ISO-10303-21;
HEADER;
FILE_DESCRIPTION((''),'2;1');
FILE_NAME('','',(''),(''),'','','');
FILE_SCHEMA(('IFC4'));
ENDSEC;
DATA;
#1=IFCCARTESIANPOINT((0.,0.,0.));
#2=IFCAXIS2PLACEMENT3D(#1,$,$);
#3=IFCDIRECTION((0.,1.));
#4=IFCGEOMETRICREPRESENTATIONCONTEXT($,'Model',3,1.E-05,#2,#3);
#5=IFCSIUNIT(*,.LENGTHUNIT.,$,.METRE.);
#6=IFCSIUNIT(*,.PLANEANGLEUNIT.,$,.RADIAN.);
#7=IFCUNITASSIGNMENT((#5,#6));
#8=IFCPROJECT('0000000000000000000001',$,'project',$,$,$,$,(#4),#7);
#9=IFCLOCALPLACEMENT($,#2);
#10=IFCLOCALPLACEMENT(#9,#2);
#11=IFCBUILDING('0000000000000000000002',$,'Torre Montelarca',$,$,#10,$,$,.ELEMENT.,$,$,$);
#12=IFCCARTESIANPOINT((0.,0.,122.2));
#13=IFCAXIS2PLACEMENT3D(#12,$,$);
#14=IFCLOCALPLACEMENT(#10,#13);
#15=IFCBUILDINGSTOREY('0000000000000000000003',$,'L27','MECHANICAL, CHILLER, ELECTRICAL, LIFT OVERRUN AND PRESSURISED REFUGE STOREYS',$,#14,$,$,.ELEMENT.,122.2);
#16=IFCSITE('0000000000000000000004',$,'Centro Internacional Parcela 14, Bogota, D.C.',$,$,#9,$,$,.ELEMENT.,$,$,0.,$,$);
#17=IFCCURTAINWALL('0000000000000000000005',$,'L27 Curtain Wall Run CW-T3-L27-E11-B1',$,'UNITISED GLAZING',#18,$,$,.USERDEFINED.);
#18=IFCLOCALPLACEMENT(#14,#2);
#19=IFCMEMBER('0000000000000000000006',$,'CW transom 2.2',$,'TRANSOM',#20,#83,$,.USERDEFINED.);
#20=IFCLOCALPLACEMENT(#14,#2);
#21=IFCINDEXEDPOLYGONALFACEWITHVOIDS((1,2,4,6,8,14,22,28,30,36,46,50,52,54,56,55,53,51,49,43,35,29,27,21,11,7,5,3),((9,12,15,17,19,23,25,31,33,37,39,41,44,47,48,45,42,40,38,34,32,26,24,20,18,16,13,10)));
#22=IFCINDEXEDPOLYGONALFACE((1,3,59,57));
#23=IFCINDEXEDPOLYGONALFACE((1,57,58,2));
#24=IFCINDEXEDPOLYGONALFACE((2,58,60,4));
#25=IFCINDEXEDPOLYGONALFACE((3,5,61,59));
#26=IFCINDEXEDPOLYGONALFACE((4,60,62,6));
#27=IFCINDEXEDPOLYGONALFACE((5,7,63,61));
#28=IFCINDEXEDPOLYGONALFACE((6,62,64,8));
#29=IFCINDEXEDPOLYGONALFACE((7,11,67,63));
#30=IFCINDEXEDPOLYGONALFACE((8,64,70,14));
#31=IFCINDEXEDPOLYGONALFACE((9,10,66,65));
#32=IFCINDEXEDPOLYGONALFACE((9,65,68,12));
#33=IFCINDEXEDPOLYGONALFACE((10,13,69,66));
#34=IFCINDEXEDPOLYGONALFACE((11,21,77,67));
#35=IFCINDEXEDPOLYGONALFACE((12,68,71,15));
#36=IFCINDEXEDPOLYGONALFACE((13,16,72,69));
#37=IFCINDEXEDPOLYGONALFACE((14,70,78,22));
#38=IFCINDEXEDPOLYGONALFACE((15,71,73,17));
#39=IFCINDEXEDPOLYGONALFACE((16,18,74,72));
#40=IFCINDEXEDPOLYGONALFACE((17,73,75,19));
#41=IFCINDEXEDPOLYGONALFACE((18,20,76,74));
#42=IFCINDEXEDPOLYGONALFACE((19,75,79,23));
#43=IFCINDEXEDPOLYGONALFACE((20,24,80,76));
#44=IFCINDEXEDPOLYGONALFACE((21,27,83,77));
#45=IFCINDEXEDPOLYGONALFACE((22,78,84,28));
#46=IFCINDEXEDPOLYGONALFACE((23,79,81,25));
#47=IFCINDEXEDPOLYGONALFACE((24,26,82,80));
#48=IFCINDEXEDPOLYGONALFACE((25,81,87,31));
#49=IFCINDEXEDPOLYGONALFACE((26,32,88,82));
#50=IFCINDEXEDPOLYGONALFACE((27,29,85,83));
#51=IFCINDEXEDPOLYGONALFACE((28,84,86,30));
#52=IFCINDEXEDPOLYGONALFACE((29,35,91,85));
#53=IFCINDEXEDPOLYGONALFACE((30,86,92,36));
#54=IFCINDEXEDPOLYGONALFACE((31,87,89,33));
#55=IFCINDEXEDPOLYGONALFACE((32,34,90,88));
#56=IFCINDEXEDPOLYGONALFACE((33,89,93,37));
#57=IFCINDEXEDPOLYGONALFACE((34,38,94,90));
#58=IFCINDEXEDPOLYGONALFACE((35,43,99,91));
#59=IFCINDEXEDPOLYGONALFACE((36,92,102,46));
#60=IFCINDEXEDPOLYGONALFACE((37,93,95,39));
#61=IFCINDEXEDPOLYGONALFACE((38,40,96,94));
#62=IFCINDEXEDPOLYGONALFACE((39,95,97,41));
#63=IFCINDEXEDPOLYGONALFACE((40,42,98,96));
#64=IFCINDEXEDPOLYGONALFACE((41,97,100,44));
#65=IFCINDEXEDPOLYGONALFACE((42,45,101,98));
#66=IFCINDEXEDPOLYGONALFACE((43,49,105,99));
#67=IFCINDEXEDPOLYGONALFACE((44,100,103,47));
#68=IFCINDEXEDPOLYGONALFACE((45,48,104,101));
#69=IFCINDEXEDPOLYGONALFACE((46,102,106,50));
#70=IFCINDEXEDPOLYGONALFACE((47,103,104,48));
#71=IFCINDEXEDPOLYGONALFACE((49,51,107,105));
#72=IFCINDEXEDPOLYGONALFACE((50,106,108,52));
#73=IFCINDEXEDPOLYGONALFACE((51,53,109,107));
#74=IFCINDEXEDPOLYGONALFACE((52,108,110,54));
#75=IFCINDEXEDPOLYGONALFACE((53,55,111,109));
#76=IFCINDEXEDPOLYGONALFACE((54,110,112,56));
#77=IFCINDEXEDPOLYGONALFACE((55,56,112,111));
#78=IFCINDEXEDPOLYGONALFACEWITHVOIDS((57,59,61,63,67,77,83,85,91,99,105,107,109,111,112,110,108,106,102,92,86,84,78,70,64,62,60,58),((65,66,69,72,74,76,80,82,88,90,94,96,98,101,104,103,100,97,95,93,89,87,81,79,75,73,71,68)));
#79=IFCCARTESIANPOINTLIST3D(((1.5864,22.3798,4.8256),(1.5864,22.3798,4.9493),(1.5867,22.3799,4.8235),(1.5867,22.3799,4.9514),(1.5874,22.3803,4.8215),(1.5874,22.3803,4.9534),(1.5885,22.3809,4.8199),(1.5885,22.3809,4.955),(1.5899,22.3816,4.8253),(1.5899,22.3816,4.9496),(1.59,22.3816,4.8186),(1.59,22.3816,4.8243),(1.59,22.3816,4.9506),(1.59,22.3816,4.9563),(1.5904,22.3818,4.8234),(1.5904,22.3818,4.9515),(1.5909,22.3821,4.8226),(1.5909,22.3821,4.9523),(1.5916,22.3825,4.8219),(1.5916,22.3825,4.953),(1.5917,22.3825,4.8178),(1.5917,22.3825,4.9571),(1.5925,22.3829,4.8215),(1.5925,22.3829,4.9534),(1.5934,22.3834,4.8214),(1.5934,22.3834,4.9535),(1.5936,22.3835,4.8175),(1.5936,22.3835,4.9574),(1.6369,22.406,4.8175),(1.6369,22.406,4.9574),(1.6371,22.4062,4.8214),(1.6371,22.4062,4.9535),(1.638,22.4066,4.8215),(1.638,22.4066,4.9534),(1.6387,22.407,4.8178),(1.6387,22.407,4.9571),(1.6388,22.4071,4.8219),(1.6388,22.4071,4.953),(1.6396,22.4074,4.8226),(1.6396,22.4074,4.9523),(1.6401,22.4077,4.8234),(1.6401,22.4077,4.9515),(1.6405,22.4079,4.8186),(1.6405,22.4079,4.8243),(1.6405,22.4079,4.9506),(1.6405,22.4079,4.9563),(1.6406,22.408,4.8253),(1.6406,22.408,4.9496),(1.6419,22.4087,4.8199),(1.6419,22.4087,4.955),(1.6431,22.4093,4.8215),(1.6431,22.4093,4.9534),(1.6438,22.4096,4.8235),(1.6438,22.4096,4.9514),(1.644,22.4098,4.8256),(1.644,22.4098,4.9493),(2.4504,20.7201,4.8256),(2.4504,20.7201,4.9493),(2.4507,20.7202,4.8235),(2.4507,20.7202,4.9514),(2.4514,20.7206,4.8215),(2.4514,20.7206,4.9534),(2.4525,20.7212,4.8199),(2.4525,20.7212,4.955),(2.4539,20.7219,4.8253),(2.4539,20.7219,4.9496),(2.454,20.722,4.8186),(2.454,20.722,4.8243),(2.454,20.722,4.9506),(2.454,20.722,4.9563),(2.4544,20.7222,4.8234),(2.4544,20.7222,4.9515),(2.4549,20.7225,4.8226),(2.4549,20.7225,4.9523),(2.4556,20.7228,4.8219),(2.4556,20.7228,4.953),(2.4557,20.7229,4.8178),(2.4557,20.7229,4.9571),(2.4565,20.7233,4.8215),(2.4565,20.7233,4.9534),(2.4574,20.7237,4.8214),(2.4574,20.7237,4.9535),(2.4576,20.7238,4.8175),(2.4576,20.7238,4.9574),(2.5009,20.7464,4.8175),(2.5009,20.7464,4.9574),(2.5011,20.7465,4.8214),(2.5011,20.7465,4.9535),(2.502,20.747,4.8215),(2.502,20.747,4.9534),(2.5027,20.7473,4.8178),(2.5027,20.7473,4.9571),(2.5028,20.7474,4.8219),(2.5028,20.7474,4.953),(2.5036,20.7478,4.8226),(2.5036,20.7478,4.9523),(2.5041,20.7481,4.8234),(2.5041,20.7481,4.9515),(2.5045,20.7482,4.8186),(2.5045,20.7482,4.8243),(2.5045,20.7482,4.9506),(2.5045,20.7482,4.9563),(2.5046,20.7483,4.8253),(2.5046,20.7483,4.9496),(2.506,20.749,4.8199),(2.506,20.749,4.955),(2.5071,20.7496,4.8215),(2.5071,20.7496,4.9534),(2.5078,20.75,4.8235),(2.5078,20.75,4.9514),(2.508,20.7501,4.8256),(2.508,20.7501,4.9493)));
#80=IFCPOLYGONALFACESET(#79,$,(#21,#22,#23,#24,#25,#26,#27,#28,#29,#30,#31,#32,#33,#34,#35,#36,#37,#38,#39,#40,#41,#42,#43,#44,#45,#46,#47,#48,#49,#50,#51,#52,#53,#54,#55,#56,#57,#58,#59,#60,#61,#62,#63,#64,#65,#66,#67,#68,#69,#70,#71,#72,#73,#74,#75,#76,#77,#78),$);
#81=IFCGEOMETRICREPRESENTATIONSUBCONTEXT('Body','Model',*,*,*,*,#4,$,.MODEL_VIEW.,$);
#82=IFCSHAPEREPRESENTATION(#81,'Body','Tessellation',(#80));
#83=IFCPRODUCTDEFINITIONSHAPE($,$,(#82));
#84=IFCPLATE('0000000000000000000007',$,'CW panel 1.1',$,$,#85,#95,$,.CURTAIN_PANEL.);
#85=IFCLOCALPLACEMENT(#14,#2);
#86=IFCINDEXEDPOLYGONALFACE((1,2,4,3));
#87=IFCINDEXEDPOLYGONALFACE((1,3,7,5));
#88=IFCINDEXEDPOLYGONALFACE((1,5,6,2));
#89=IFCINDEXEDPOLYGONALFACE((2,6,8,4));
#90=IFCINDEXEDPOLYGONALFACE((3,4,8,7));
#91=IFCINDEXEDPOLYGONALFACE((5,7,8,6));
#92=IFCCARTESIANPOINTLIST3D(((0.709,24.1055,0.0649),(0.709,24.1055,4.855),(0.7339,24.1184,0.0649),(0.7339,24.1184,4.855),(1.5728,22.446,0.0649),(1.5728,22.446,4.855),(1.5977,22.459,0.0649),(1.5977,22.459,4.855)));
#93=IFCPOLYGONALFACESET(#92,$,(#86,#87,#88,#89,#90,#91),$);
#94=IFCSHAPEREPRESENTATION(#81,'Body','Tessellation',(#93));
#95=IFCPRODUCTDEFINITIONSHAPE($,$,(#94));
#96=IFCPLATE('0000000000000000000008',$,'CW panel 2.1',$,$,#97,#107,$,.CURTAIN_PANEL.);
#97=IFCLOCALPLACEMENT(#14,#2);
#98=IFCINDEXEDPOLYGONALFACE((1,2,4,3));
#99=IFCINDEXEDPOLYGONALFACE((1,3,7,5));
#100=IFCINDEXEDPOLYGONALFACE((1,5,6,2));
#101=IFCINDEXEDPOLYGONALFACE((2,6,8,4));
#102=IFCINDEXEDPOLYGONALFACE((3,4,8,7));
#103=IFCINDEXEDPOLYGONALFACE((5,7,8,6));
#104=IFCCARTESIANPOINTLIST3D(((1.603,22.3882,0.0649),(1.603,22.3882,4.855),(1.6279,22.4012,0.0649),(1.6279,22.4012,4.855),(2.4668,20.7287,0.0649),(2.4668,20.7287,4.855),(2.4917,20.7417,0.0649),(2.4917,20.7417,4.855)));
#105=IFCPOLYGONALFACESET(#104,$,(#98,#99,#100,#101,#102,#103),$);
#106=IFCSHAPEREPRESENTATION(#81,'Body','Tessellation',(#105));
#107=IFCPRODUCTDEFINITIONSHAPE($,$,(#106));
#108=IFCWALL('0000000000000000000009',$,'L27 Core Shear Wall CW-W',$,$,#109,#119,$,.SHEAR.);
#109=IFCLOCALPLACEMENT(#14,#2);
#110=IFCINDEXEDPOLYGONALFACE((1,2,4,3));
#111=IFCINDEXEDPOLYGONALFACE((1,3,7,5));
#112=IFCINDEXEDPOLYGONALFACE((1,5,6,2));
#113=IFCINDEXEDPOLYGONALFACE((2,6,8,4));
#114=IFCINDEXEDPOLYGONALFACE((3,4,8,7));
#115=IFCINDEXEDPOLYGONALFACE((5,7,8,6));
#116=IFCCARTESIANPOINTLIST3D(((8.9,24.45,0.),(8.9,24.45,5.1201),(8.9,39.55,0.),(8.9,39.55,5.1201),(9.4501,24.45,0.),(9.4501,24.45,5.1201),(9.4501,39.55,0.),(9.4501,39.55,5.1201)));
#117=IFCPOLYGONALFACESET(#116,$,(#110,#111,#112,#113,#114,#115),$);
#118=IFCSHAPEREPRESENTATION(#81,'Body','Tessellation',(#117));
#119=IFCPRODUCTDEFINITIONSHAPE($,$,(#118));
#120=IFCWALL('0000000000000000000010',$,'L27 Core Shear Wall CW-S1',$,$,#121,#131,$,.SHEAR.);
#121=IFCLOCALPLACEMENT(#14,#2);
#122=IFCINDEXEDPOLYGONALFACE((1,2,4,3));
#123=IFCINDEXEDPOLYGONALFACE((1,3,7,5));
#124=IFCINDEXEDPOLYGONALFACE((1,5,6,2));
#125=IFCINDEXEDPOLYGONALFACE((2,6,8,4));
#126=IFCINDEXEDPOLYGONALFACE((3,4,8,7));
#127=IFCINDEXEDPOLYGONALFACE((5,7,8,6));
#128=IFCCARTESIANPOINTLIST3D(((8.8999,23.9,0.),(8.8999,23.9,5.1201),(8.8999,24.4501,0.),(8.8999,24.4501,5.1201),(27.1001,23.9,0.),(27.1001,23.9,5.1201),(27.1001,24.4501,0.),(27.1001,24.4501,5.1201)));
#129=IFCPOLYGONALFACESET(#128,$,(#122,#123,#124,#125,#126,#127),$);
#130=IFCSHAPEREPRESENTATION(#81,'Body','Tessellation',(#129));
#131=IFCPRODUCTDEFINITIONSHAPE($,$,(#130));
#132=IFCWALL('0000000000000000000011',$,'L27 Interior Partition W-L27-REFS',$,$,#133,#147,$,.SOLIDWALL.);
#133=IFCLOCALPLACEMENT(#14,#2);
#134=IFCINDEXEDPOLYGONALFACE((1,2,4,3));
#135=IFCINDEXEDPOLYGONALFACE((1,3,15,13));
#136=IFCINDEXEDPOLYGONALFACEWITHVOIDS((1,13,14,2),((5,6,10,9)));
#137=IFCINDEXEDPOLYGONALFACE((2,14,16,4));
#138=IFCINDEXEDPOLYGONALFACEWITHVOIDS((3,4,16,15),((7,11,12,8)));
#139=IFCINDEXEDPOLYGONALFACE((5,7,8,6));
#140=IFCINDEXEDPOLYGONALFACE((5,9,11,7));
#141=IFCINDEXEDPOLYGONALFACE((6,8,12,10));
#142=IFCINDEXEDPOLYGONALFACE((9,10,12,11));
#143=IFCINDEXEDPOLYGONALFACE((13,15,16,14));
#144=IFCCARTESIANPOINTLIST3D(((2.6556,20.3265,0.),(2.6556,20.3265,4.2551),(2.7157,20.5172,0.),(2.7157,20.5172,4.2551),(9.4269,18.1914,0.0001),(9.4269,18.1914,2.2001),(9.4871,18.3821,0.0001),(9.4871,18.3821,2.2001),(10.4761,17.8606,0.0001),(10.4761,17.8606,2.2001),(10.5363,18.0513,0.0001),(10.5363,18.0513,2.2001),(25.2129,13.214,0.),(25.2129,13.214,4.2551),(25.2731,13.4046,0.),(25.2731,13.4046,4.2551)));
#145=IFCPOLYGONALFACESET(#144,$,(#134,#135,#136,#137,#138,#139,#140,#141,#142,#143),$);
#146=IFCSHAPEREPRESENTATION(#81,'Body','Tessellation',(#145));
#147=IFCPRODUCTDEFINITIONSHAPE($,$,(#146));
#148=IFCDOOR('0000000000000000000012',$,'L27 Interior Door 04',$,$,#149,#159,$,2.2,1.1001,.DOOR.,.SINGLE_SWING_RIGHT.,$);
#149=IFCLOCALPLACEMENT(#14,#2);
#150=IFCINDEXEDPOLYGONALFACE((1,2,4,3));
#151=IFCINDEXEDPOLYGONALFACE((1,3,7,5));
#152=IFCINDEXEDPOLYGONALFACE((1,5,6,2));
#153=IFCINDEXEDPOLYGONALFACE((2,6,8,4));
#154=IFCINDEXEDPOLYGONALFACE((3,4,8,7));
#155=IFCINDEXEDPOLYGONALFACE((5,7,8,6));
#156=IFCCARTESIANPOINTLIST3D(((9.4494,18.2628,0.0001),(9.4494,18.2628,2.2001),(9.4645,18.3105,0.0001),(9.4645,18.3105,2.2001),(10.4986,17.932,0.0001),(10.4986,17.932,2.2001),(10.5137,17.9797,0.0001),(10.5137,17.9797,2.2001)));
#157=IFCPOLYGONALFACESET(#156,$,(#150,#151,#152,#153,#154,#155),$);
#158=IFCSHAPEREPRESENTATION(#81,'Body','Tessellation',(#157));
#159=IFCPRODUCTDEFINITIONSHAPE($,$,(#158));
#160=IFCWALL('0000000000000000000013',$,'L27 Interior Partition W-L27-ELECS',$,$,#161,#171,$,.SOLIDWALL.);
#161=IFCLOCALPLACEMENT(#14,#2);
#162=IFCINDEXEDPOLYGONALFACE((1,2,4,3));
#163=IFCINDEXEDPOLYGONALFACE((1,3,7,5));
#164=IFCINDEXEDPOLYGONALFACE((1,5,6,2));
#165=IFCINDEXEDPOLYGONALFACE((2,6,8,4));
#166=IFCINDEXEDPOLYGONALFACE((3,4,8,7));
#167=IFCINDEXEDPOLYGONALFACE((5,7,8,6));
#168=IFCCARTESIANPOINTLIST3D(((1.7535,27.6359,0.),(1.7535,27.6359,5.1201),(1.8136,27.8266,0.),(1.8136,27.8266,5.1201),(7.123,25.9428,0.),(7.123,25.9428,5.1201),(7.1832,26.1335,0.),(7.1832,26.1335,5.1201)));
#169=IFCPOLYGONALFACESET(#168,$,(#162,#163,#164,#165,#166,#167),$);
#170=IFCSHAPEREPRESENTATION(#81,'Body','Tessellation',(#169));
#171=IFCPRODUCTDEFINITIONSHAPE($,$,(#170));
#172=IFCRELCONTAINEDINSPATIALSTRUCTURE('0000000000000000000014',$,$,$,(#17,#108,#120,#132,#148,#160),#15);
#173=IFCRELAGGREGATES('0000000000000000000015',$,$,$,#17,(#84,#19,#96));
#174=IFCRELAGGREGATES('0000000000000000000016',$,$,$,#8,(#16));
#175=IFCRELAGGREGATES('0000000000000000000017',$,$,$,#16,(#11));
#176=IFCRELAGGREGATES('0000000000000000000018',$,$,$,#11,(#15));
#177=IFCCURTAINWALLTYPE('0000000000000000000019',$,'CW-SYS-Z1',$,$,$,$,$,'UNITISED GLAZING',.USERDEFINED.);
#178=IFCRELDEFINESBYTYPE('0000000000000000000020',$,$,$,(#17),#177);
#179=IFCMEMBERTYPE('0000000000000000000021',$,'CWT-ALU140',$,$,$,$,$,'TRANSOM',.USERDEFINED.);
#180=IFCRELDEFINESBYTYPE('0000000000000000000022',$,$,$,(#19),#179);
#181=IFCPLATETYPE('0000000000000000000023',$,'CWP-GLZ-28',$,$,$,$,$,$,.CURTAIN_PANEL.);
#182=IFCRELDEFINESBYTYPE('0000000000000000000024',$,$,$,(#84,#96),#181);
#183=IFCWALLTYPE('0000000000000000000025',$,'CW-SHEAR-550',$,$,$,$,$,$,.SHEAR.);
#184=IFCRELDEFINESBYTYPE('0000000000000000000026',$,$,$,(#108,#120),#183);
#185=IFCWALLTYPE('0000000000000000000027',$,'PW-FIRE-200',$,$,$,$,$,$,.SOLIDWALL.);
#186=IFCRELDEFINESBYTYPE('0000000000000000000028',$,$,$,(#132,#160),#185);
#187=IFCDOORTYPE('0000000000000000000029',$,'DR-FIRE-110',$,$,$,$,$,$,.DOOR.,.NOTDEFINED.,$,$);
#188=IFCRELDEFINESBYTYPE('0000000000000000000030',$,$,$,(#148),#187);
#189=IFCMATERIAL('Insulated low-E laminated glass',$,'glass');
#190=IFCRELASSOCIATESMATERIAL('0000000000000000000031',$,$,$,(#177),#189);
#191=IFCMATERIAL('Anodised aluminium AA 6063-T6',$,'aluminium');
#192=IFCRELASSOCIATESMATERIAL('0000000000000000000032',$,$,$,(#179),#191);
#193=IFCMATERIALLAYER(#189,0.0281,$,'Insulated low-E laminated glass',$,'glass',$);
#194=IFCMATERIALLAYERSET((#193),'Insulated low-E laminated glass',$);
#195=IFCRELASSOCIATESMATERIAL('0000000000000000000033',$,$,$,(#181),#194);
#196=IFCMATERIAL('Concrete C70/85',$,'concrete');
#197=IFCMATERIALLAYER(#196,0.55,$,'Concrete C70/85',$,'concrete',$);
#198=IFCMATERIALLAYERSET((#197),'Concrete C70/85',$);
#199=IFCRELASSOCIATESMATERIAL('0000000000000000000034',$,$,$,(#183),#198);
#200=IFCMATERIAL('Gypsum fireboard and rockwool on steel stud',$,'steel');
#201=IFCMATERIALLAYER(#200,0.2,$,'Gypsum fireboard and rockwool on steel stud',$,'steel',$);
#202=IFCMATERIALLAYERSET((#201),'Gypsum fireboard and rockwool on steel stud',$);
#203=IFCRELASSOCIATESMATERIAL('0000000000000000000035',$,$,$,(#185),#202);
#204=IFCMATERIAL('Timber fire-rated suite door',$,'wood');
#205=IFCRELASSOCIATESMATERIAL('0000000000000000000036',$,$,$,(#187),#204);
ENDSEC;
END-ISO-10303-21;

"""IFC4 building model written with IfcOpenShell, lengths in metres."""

from ifc_helpers import new_model, si_unit, direction, frame, frame_2d, origin, origin_2d, place, context, subcontext, project, spatial, rectangle, hollow_rectangle, extrude, source, transform, mapped, material, layer, layer_set, material_profile, profile_set, type_object, element, fill, aggregate, save


model = new_model("IFC4")

# Units and contexts
model_context = context("Model", 3, precision=1e-05, world=origin(), true_north=direction((0.0, 1.0)))
body_context = subcontext(model_context, "Body", "Model", "MODEL_VIEW")
ifc_project = project(units=[si_unit("LENGTHUNIT", "METRE"), si_unit("PLANEANGLEUNIT", "RADIAN")], contexts=[model_context])

# Site, building, storey
site_placement = place(None, origin())
site = spatial("IfcSite", under=ifc_project, at=site_placement, Name="Centro Internacional Parcela 14, Bogota, D.C.", CompositionType="ELEMENT", RefElevation=0.0)
building_placement = place(site_placement, origin())
building = spatial("IfcBuilding", under=site, at=building_placement, Name="Torre Montelarca", CompositionType="ELEMENT")
storey_placement = place(building_placement, frame((0.0, 0.0, 122.2)))
storey = spatial("IfcBuildingStorey", under=building, at=storey_placement, Name="L27", Description="MECHANICAL, CHILLER, ELECTRICAL, LIFT OVERRUN AND PRESSURISED REFUGE STOREYS", CompositionType="ELEMENT", Elevation=122.2)

# Shared definitions
ifc_material_1 = material(Name="Concrete C70/85", Category="concrete")

# Curtain wall, member, plates
ifc_material_2 = material(Name="Insulated low-E laminated glass", Category="glass")
curtain_wall_type = type_object("IfcCurtainWallType", Name="CW-SYS-Z1", ElementType="UNITISED GLAZING", PredefinedType="USERDEFINED", material=ifc_material_2)
curtain_wall_placement = place(storey_placement, origin())
curtain_wall = element("IfcCurtainWall", 1, at=curtain_wall_placement, inside=storey, type_object=curtain_wall_type, Name="L27 Curtain Wall Run CW-T3-L27-E11-B1", ObjectType="UNITISED GLAZING", PredefinedType="USERDEFINED")
ifc_material_3 = material(Name="Anodised aluminium AA 6063-T6", Category="aluminium")
ifc_material_profile_1 = material_profile(ifc_material_3, hollow_rectangle(XDim=0.0649, YDim=0.1399, WallThickness=0.0039, InnerFilletRadius=0.0039, OuterFilletRadius=0.0081, at=origin_2d()), Name="ALU65X140X4", Category="aluminium")
ifc_profile_set_1 = profile_set([ifc_material_profile_1], Name="Anodised aluminium AA 6063-T6")
member_type_1 = type_object("IfcMemberType", Name="CWT-ALU140", ElementType="TRANSOM", PredefinedType="USERDEFINED", material=ifc_profile_set_1)
shared_shape_1 = source(origin(), body_context, "Body", "SweptSolid", [
    extrude(hollow_rectangle(XDim=0.0649, YDim=0.1399, WallThickness=0.0039, InnerFilletRadius=0.0039, OuterFilletRadius=0.0081, at=origin_2d()), origin(), (0.0, 0.0, 1.0), 1.8711),
])
member_1_placement = place(storey_placement, frame((1.6152, 22.3948, 4.8875), z_axis=(0.461768, -0.887001, 0.0), x_axis=(0.887001, 0.461768, 0.0)))
member_1 = element("IfcMember", 2, at=member_1_placement, type_object=member_type_1, Name="CW transom 2.2", ObjectType="TRANSOM", PredefinedType="USERDEFINED", context=body_context, shape_type="MappedRepresentation", body=[
    mapped(shared_shape_1, transform((0.0, 0.0, 0.0), scale=1.0)),
])
ifc_layer_1 = layer(ifc_material_2, 0.0281, Name="Insulated low-E laminated glass", Category="glass")
ifc_layer_set_1 = layer_set([ifc_layer_1], Name="Insulated low-E laminated glass")
plate_type = type_object("IfcPlateType", Name="CWP-GLZ-28", PredefinedType="CURTAIN_PANEL", material=ifc_layer_set_1)
shared_shape_2 = source(origin(), body_context, "Body", "SweptSolid", [
    extrude(rectangle(XDim=1.8708, YDim=0.0281, at=origin_2d()), origin(), (0.0, 0.0, 1.0), 4.79),
])
plate_1_placement = place(storey_placement, frame((1.1533, 23.2822, 0.0649), z_axis=(0.0, 0.0, 1.0), x_axis=(0.461734, -0.887018, 0.0)))
plate_1 = element("IfcPlate", 3, at=plate_1_placement, type_object=plate_type, Name="CW panel 1.1", PredefinedType="CURTAIN_PANEL", context=body_context, shape_type="MappedRepresentation", body=[
    mapped(shared_shape_2, transform((0.0, 0.0, 0.0), scale=1.0)),
])
plate_2_placement = place(storey_placement, frame((2.0474, 21.5649, 0.0649), z_axis=(0.0, 0.0, 1.0), x_axis=(0.461734, -0.887018, 0.0)))
plate_2 = element("IfcPlate", 4, at=plate_2_placement, type_object=plate_type, Name="CW panel 2.1", PredefinedType="CURTAIN_PANEL", context=body_context, shape_type="MappedRepresentation", body=[
    mapped(shared_shape_2, transform((0.0, 0.0, 0.0), scale=1.0)),
])
aggregate(curtain_wall, [plate_1, member_1, plate_2])

# Walls
ifc_layer_2 = layer(ifc_material_1, 0.55, Name="Concrete C70/85", Category="concrete")
ifc_layer_set_2 = layer_set([ifc_layer_2], Name="Concrete C70/85")
wall_type_1 = type_object("IfcWallType", Name="CW-SHEAR-550", PredefinedType="SHEAR", material=ifc_layer_set_2)
wall_1_placement = place(storey_placement, frame((9.175, 24.45, 0.0), z_axis=(0.0, 0.0, 1.0), x_axis=(0.0, 1.0, 0.0)))
element("IfcWall", 5, at=wall_1_placement, inside=storey, type_object=wall_type_1, Name="L27 Core Shear Wall CW-W", PredefinedType="SHEAR", context=body_context, shape_type="SweptSolid", body=[
    extrude(rectangle(XDim=15.1001, YDim=0.55, at=frame_2d((7.55, 0.0))), origin(), (0.0, 0.0, 1.0), 5.1201),
])
wall_2_placement = place(storey_placement, frame((8.8999, 24.175, 0.0), z_axis=(0.0, 0.0, 1.0), x_axis=(1.0, 0.0, 0.0)))
element("IfcWall", 6, at=wall_2_placement, inside=storey, type_object=wall_type_1, Name="L27 Core Shear Wall CW-S1", PredefinedType="SHEAR", context=body_context, shape_type="SweptSolid", body=[
    extrude(rectangle(XDim=18.2002, YDim=0.55, at=frame_2d((9.1001, 0.0))), origin(), (0.0, 0.0, 1.0), 5.1201),
])

# Wall, opening, door
ifc_material_4 = material(Name="Gypsum fireboard and rockwool on steel stud", Category="steel")
ifc_layer_3 = layer(ifc_material_4, 0.2, Name="Gypsum fireboard and rockwool on steel stud", Category="steel")
ifc_layer_set_3 = layer_set([ifc_layer_3], Name="Gypsum fireboard and rockwool on steel stud")
wall_type_2 = type_object("IfcWallType", Name="PW-FIRE-200", PredefinedType="SOLIDWALL", material=ifc_layer_set_3)
wall_3_placement = place(storey_placement, frame((2.6855, 20.4219, 0.0), z_axis=(0.0, 0.0, 1.0), x_axis=(0.953714, -0.300715, 0.0)))
wall_3 = element("IfcWall", 7, at=wall_3_placement, inside=storey, type_object=wall_type_2, Name="L27 Interior Partition W-L27-REFS", PredefinedType="SOLIDWALL", context=body_context, shape_type="SweptSolid", body=[
    extrude(rectangle(XDim=23.6521, YDim=0.2, at=frame_2d((11.8262, 0.0))), origin(), (0.0, 0.0, 1.0), 4.2551),
])
opening_placement = place(wall_3_placement, frame((7.1001, 0.0, 0.0)))
opening = element("IfcOpeningElement", 8, at=opening_placement, cuts=wall_3, PredefinedType="OPENING", context=body_context, shape_type="SweptSolid", body=[
    extrude(rectangle(XDim=1.1001, YDim=2.2, at=frame_2d((0.55, 1.1001))), frame((0.0, 0.1099, 0.0), z_axis=(0.0, -1.0, 0.0), x_axis=(1.0, 0.0, 0.0)), (0.0, 0.0, 1.0), 0.22),
])
ifc_material_5 = material(Name="Timber fire-rated suite door", Category="wood")
door_type = type_object("IfcDoorType", Name="DR-FIRE-110", OperationType="NOTDEFINED", PredefinedType="DOOR", material=ifc_material_5)
shared_shape_3 = source(origin(), body_context, "Body", "SweptSolid", [
    extrude(rectangle(XDim=1.1001, YDim=2.2, at=frame_2d((0.55, 1.1001))), frame((0.0, 0.0249, 0.0), z_axis=(0.0, -1.0, 0.0), x_axis=(1.0, 0.0, 0.0)), (0.0, 0.0, 1.0), 0.05),
])
door_placement = place(opening_placement, origin())
door = element("IfcDoor", 9, at=door_placement, inside=storey, type_object=door_type, Name="L27 Interior Door 04", OperationType="SINGLE_SWING_RIGHT", OverallHeight=2.2, OverallWidth=1.1001, PredefinedType="DOOR", context=body_context, shape_type="MappedRepresentation", body=[
    mapped(shared_shape_3, transform((0.0, 0.0, 0.0), scale=1.0)),
])
fill(opening, door)

# Wall
wall_4_placement = place(storey_placement, frame((1.7837, 27.7312, 0.0), z_axis=(0.0, 0.0, 1.0), x_axis=(0.953713, -0.300718, 0.0)))
element("IfcWall", 10, at=wall_4_placement, inside=storey, type_object=wall_type_2, Name="L27 Interior Partition W-L27-ELECS", PredefinedType="SOLIDWALL", context=body_context, shape_type="SweptSolid", body=[
    extrude(rectangle(XDim=5.6301, YDim=0.2, at=frame_2d((2.8149, 0.0))), origin(), (0.0, 0.0, 1.0), 5.1201),
])

save(model, "model.ifc")
